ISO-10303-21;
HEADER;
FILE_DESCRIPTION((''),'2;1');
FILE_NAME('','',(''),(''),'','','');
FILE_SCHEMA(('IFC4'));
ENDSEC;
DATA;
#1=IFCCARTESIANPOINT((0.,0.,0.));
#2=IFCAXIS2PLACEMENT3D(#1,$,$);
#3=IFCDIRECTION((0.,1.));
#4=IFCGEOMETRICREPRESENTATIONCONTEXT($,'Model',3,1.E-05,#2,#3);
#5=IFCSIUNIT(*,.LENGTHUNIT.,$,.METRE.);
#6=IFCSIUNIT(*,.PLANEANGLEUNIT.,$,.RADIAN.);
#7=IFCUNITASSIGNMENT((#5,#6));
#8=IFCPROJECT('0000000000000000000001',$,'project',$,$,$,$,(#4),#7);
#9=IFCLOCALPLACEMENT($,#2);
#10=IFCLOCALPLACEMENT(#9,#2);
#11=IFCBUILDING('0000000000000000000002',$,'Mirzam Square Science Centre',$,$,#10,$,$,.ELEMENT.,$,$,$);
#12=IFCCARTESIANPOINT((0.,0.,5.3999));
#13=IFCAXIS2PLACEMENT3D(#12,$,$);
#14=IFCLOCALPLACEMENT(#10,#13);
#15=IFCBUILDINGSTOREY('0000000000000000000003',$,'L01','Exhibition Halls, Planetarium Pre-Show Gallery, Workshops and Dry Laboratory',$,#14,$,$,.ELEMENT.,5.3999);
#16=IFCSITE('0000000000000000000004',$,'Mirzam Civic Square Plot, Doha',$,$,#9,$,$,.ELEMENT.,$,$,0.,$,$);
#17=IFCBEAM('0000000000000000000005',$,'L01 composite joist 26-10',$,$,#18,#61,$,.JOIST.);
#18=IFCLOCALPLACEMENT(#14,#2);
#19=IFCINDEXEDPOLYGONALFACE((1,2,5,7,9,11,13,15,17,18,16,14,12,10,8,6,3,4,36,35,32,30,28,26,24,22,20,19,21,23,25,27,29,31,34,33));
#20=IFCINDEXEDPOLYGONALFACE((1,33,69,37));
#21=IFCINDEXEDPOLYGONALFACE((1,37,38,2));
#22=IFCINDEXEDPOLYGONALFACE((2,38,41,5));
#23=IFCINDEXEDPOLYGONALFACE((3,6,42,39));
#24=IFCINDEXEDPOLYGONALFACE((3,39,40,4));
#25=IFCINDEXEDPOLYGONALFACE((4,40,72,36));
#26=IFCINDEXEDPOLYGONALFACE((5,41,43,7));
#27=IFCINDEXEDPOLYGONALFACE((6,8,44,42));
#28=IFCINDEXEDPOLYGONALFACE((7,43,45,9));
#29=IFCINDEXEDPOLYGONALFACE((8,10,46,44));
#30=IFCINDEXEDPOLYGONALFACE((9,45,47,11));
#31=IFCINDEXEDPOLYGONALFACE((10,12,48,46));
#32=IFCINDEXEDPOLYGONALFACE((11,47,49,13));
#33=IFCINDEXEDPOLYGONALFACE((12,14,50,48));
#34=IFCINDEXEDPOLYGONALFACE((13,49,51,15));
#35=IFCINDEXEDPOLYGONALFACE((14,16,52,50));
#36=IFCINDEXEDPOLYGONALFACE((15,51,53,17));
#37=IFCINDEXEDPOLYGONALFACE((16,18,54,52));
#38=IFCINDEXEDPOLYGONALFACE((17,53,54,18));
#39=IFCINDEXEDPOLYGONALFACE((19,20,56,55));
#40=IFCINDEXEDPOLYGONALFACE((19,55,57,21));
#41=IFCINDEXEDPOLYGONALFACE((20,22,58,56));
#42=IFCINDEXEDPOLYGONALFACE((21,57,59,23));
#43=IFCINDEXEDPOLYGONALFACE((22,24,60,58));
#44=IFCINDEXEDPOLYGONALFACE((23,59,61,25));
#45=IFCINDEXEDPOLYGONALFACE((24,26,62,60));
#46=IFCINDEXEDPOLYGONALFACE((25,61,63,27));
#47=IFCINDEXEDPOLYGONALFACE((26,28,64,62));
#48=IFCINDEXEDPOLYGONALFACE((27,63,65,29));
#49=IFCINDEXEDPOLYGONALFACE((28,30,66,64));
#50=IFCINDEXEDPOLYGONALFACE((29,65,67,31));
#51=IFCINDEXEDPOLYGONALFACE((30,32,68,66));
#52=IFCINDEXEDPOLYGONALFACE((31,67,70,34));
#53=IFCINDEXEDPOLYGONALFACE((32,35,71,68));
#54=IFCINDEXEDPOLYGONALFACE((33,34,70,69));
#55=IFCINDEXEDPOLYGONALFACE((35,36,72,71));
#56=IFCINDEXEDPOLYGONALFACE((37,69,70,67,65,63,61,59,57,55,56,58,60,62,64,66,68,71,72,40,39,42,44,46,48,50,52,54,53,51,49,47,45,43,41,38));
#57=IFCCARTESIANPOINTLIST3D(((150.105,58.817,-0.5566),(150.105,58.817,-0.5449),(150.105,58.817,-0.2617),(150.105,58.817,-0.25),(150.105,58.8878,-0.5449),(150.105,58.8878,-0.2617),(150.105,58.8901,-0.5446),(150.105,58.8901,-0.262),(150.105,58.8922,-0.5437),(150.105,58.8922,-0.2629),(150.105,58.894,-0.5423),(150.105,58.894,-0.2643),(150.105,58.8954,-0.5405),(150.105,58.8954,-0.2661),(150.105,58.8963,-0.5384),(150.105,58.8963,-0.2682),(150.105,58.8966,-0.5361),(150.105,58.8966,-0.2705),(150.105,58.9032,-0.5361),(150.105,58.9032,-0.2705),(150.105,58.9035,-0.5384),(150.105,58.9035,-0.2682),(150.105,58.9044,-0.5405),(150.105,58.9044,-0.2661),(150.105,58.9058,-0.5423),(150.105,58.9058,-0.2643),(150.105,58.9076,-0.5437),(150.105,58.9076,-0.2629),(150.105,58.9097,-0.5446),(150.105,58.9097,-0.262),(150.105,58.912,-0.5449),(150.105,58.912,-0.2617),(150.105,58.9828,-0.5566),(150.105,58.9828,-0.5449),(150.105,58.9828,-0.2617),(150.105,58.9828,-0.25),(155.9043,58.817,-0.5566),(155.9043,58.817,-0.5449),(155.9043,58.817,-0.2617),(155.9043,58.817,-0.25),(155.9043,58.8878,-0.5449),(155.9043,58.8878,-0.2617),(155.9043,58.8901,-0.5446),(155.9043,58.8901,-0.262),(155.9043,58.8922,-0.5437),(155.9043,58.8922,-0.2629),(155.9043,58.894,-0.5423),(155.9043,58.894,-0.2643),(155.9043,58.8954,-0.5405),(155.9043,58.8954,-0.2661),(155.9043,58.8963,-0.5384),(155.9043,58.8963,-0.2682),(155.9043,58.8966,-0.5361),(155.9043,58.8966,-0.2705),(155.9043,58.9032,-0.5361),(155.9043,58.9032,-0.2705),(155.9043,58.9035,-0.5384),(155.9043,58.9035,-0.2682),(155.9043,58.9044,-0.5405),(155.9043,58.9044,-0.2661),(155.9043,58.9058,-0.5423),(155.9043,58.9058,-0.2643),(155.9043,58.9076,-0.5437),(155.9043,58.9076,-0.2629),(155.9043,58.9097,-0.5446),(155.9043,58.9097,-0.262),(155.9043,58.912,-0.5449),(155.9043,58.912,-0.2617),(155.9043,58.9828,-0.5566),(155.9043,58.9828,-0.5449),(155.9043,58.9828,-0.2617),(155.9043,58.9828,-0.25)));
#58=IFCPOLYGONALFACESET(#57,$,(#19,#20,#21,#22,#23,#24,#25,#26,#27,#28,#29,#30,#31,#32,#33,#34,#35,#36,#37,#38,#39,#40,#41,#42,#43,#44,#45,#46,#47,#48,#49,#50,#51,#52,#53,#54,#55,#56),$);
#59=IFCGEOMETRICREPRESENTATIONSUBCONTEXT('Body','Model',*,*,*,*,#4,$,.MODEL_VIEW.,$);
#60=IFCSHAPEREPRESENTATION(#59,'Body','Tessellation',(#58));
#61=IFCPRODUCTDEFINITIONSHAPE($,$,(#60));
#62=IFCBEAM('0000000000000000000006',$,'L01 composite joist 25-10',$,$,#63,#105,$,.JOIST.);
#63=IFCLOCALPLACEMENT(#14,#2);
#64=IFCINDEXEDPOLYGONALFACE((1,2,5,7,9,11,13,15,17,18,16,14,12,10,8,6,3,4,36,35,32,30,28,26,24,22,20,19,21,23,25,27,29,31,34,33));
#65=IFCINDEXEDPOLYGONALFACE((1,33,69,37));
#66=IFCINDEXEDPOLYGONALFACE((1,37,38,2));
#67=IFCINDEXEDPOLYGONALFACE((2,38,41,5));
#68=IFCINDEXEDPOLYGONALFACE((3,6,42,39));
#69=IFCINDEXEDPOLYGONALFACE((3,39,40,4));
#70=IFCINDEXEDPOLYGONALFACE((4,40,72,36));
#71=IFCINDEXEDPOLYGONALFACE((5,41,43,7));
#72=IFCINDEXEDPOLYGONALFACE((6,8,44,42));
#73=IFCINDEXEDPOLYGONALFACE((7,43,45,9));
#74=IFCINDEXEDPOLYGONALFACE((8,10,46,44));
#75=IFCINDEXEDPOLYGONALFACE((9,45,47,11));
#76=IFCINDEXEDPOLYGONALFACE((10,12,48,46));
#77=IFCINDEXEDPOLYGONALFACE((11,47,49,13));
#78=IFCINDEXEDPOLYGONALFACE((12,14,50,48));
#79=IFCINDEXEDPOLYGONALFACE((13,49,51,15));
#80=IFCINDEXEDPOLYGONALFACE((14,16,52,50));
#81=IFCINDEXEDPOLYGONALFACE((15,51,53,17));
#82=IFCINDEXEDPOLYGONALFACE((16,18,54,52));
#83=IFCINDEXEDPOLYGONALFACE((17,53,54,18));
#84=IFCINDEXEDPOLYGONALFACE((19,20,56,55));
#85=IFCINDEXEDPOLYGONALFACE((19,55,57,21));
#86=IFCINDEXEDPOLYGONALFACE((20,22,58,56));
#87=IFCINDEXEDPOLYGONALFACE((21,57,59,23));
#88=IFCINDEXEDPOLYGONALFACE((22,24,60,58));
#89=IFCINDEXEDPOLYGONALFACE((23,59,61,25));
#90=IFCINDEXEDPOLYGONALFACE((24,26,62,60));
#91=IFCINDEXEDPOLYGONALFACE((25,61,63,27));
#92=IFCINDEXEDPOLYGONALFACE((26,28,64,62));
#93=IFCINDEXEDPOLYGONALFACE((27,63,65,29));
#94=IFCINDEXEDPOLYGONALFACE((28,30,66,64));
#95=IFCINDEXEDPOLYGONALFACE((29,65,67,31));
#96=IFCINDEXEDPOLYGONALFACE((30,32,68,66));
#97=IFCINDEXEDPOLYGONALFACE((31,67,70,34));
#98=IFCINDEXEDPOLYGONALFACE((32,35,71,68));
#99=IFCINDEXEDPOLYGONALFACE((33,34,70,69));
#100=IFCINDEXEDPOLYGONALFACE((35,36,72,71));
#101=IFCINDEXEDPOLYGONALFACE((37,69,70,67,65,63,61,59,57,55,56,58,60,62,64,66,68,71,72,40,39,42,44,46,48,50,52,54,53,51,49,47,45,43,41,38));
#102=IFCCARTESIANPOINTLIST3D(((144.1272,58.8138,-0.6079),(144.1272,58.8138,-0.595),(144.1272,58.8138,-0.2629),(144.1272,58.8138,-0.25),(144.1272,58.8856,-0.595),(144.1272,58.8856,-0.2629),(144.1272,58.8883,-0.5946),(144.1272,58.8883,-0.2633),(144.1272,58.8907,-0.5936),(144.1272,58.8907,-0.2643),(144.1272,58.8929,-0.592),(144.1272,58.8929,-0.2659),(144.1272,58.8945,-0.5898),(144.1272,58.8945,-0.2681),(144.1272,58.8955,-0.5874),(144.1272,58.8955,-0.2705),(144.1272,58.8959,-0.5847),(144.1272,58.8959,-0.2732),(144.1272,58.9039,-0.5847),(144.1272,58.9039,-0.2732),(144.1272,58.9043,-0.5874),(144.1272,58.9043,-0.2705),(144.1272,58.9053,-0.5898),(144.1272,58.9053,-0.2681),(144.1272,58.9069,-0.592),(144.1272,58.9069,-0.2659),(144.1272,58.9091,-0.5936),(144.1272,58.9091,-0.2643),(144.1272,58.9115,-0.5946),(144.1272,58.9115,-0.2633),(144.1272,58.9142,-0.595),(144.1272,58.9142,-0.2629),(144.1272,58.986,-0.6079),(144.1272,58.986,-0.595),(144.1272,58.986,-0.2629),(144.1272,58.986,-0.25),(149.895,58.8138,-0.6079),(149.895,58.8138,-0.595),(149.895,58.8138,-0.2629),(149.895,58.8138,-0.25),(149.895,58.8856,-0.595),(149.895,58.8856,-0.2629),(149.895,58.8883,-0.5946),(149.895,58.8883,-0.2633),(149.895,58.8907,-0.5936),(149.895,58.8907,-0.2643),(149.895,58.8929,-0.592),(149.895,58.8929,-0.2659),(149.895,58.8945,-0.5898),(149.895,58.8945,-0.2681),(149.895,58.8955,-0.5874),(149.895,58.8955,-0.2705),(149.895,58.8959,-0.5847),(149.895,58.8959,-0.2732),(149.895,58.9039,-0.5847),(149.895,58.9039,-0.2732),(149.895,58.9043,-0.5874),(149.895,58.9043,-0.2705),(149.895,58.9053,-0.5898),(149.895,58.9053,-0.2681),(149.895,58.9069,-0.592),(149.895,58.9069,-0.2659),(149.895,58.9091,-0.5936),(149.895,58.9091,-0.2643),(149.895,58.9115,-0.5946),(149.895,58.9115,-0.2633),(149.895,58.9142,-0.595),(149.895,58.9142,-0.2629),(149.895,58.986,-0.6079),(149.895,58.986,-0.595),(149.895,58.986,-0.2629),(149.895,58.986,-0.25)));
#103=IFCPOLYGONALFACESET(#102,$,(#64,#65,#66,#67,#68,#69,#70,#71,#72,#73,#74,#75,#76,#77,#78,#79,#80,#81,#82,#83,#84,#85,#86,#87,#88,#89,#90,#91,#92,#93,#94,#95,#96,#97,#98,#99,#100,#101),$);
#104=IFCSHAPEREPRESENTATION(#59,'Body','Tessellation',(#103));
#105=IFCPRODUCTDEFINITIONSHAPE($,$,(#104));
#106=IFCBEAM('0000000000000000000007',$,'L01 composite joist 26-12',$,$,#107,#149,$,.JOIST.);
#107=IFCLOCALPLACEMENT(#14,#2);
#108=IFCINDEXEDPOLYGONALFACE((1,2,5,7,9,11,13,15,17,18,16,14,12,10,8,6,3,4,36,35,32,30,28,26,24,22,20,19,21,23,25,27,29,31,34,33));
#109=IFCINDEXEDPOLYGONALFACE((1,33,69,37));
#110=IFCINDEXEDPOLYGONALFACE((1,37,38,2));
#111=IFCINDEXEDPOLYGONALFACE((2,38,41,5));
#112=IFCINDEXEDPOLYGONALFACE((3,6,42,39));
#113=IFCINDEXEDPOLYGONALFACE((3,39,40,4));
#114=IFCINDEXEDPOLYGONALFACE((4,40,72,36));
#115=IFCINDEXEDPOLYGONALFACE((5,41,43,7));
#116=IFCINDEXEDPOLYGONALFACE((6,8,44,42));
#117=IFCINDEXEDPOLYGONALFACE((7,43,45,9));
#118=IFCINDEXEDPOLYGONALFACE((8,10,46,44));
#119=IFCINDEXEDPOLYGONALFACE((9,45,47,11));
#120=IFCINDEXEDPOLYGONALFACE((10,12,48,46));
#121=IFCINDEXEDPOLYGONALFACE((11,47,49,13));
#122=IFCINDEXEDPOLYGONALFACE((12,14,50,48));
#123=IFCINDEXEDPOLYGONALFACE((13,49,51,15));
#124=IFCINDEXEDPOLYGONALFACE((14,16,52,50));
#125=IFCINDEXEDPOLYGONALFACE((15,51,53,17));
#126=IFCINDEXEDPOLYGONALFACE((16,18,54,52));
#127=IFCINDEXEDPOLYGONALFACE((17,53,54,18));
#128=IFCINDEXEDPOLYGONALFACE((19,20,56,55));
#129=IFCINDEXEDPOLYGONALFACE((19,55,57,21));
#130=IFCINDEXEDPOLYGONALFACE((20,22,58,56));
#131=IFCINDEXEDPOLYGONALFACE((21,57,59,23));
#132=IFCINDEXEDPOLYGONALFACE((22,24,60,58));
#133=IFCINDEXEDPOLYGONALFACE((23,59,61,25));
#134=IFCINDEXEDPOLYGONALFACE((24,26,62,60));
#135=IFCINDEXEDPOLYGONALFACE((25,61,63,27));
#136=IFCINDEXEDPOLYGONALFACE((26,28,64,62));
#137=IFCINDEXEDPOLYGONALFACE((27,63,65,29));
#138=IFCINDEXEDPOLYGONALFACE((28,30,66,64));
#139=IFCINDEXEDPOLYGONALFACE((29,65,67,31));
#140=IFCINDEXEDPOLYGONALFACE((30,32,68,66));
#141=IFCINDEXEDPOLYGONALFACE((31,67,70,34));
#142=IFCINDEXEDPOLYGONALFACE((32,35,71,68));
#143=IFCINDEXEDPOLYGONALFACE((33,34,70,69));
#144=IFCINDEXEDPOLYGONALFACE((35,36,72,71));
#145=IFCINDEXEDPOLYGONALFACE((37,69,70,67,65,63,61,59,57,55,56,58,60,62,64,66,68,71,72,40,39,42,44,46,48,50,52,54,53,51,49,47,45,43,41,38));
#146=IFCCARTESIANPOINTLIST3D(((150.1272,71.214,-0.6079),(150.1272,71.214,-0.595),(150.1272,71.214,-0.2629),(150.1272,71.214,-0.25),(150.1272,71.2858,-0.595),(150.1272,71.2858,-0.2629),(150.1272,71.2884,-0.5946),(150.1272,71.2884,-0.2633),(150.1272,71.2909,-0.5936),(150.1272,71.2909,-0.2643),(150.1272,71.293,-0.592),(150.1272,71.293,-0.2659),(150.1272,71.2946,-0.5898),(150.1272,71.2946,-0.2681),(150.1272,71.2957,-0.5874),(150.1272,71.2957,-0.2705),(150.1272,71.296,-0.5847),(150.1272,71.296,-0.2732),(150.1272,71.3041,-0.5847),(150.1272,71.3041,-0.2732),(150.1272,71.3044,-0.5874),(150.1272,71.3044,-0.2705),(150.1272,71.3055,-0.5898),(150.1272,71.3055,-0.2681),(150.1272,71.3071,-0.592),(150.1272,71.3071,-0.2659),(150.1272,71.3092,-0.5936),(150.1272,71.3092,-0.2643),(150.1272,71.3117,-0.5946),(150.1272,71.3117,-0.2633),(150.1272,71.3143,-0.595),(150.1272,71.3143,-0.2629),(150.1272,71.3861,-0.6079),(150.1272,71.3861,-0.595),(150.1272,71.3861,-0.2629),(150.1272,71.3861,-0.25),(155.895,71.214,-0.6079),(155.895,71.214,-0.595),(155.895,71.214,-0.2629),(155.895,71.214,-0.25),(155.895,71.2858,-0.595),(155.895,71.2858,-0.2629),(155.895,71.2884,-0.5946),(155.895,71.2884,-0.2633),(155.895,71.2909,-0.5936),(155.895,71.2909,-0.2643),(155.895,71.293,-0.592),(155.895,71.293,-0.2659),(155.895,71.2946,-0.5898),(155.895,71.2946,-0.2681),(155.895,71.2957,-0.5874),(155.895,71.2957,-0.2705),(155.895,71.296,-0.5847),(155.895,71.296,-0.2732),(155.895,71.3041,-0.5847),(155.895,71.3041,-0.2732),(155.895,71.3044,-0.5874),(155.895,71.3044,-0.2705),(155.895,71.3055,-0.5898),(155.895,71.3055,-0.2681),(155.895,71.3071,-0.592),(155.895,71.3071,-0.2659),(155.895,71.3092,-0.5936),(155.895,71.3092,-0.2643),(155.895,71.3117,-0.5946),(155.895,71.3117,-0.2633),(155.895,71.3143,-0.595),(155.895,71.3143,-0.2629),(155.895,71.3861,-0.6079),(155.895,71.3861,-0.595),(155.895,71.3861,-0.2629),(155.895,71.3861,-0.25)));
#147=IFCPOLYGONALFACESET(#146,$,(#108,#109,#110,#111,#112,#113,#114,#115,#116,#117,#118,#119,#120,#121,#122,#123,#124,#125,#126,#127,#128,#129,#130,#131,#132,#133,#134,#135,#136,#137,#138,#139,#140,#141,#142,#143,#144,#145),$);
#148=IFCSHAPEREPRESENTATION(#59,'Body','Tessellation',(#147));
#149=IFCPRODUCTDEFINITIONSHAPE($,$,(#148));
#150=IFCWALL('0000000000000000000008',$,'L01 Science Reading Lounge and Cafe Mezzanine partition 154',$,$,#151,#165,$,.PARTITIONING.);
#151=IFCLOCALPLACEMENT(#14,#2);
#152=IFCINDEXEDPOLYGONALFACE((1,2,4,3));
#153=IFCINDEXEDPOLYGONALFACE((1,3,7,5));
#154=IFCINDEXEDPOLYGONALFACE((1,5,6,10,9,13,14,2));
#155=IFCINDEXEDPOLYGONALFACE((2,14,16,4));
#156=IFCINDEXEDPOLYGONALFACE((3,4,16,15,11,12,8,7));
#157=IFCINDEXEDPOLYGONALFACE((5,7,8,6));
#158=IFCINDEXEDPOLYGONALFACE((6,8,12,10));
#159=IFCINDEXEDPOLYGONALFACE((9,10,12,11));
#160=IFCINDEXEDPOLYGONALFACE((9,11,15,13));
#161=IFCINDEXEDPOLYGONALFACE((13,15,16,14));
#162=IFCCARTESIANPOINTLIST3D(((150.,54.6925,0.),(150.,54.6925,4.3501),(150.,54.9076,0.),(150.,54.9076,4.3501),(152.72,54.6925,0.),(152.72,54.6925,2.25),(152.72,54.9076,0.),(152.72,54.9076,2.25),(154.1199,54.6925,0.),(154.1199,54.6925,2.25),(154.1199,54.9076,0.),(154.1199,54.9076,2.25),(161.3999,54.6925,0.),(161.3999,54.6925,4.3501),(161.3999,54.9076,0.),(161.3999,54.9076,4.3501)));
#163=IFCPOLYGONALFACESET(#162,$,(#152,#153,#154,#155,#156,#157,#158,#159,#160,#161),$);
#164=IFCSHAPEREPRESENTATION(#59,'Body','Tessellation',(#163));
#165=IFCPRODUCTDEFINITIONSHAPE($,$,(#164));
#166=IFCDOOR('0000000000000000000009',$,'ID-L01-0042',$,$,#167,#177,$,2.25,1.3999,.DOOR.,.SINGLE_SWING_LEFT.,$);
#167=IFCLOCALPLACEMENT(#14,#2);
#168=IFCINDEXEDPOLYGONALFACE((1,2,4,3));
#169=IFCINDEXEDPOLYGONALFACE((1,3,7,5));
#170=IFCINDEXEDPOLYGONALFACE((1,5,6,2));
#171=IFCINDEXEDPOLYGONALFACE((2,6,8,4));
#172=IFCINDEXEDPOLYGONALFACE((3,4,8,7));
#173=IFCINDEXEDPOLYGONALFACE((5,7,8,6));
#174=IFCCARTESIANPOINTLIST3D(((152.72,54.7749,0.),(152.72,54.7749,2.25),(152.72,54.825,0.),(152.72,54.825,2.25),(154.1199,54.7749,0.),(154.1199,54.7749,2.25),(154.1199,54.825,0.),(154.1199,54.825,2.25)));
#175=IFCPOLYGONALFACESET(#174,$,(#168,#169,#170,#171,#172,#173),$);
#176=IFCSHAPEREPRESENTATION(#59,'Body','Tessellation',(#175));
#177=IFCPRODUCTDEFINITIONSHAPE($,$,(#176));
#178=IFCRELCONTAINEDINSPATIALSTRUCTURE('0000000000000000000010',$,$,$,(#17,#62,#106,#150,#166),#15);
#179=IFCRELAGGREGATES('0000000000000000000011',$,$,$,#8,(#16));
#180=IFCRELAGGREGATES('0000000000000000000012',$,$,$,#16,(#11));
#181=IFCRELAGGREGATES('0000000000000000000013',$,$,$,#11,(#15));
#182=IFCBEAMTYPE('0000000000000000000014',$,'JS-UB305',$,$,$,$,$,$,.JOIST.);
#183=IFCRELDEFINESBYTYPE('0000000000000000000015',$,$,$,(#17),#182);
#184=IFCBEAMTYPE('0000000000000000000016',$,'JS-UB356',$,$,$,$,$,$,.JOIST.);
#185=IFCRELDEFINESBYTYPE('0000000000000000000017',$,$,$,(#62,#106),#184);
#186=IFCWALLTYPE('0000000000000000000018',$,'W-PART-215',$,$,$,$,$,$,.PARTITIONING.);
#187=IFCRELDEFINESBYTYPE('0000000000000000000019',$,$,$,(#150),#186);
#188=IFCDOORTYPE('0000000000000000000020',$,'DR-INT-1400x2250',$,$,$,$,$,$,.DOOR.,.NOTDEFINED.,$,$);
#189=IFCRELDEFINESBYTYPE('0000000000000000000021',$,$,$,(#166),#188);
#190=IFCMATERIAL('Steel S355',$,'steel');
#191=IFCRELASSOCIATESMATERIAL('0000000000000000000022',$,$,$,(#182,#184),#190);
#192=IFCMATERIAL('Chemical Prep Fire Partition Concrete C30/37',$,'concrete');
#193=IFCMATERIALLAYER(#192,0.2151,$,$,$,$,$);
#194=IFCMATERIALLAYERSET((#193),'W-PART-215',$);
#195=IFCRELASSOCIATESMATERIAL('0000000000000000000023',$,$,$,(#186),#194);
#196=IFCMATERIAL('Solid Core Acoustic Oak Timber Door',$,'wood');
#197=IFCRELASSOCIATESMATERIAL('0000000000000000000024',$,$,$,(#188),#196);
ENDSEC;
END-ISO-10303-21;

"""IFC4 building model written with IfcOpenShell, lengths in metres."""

from ifc_helpers import new_model, si_unit, direction, frame, frame_2d, origin, origin_2d, place, context, subcontext, project, spatial, rectangle, i_section, extrude, material, layer, layer_set, material_profile, profile_set, type_object, element, fill, save


model = new_model("IFC4")

# Units and contexts
model_context = context("Model", 3, precision=1e-05, world=origin(), true_north=direction((0.0, 1.0)))
body_context = subcontext(model_context, "Body", "Model", "MODEL_VIEW")
ifc_project = project(units=[si_unit("LENGTHUNIT", "METRE"), si_unit("PLANEANGLEUNIT", "RADIAN")], contexts=[model_context])

# Site, building, storey
site_placement = place(None, origin())
site = spatial("IfcSite", under=ifc_project, at=site_placement, Name="Mirzam Civic Square Plot, Doha", CompositionType="ELEMENT", RefElevation=0.0)
building_placement = place(site_placement, origin())
building = spatial("IfcBuilding", under=site, at=building_placement, Name="Mirzam Square Science Centre", CompositionType="ELEMENT")
storey_placement = place(building_placement, frame((0.0, 0.0, 5.3999)))
storey = spatial("IfcBuildingStorey", under=building, at=storey_placement, Name="L01", Description="Exhibition Halls, Planetarium Pre-Show Gallery, Workshops and Dry Laboratory", CompositionType="ELEMENT", Elevation=5.3999)

# Shared definitions
ifc_material_1 = material(Name="Steel S355", Category="steel")

# Beams
ifc_material_profile_1 = material_profile(ifc_material_1, i_section(OverallWidth=0.1658, OverallDepth=0.3066, WebThickness=0.0066, FlangeThickness=0.0117, FilletRadius=0.0088, at=origin_2d()), Name="305x165x46UB")
ifc_profile_set_1 = profile_set([ifc_material_profile_1], Name="Steel S355")
beam_type_1 = type_object("IfcBeamType", Name="JS-UB305", PredefinedType="JOIST", material=ifc_profile_set_1)
beam_1_placement = place(storey_placement, frame((150.105, 58.8999, -0.4033), z_axis=(1.0, 0.0, 0.0), x_axis=(0.0, 1.0, 0.0)))
element("IfcBeam", 1, at=beam_1_placement, inside=storey, type_object=beam_type_1, Name="L01 composite joist 26-10", PredefinedType="JOIST", context=body_context, shape_type="SweptSolid", body=[
    extrude(i_section(OverallWidth=0.1658, OverallDepth=0.3066, WebThickness=0.0066, FlangeThickness=0.0117, FilletRadius=0.0088, at=origin_2d()), origin(), (0.0, 0.0, 1.0), 5.7993),
])
ifc_material_profile_2 = material_profile(ifc_material_1, i_section(OverallWidth=0.1721, OverallDepth=0.3579, WebThickness=0.0081, FlangeThickness=0.0129, FilletRadius=0.0103, at=origin_2d()), Name="356x171x57UB")
ifc_profile_set_2 = profile_set([ifc_material_profile_2], Name="Steel S355")
beam_type_2 = type_object("IfcBeamType", Name="JS-UB356", PredefinedType="JOIST", material=ifc_profile_set_2)
for number, where, z_axis, x_axis, name in (
    (2, (144.1272, 58.8999, -0.429), (1.0, 0.0, 0.0), (0.0, 1.0, 0.0), "L01 composite joist 25-10"),
    (3, (150.1272, 71.3, -0.429), (1.0, 0.0, 0.0), (0.0, 1.0, 0.0), "L01 composite joist 26-12"),
):
    element("IfcBeam", number, at=place(storey_placement, frame(where, z_axis=z_axis, x_axis=x_axis)), inside=storey, type_object=beam_type_2, Name=name, PredefinedType="JOIST", context=body_context, shape_type="SweptSolid", body=[
        extrude(i_section(OverallWidth=0.1721, OverallDepth=0.3579, WebThickness=0.0081, FlangeThickness=0.0129, FilletRadius=0.0103, at=origin_2d()), origin(), (0.0, 0.0, 1.0), 5.7678),
    ])

# Wall, opening, door
ifc_material_2 = material(Name="Chemical Prep Fire Partition Concrete C30/37", Category="concrete")
ifc_layer = layer(ifc_material_2, 0.2151)
ifc_layer_set = layer_set([ifc_layer], Name="W-PART-215")
wall_type = type_object("IfcWallType", Name="W-PART-215", PredefinedType="PARTITIONING", material=ifc_layer_set)
wall_placement = place(storey_placement, frame((150.0, 54.8, 0.0), z_axis=(0.0, 0.0, 1.0), x_axis=(1.0, 0.0, 0.0)))
wall = element("IfcWall", 4, at=wall_placement, inside=storey, type_object=wall_type, Name="L01 Science Reading Lounge and Cafe Mezzanine partition 154", PredefinedType="PARTITIONING", context=body_context, shape_type="SweptSolid", body=[
    extrude(rectangle(XDim=11.3999, YDim=0.2151, at=frame_2d((5.7, 0.0))), origin(), (0.0, 0.0, 1.0), 4.3501),
])
opening_placement = place(wall_placement, frame((2.72, 0.0, 0.0)))
opening = element("IfcOpeningElement", 5, at=opening_placement, cuts=wall, PredefinedType="OPENING", context=body_context, shape_type="SweptSolid", body=[
    extrude(rectangle(XDim=1.3999, YDim=2.25, at=frame_2d((0.7, 1.125))), frame((0.0, 0.1174, 0.0), z_axis=(0.0, -1.0, 0.0), x_axis=(1.0, 0.0, 0.0)), (0.0, 0.0, 1.0), 0.2351),
])
ifc_material_3 = material(Name="Solid Core Acoustic Oak Timber Door", Category="wood")
door_type = type_object("IfcDoorType", Name="DR-INT-1400x2250", OperationType="NOTDEFINED", PredefinedType="DOOR", material=ifc_material_3)
door_placement = place(opening_placement, origin())
door = element("IfcDoor", 6, at=door_placement, inside=storey, type_object=door_type, Name="ID-L01-0042", OperationType="SINGLE_SWING_LEFT", OverallHeight=2.25, OverallWidth=1.3999, PredefinedType="DOOR", context=body_context, shape_type="SweptSolid", body=[
    extrude(rectangle(XDim=1.3999, YDim=2.25, at=frame_2d((0.7, 1.125))), frame((0.0, 0.0249, 0.0), z_axis=(0.0, -1.0, 0.0), x_axis=(1.0, 0.0, 0.0)), (0.0, 0.0, 1.0), 0.05),
])
fill(opening, door)

save(model, "model.ifc")
